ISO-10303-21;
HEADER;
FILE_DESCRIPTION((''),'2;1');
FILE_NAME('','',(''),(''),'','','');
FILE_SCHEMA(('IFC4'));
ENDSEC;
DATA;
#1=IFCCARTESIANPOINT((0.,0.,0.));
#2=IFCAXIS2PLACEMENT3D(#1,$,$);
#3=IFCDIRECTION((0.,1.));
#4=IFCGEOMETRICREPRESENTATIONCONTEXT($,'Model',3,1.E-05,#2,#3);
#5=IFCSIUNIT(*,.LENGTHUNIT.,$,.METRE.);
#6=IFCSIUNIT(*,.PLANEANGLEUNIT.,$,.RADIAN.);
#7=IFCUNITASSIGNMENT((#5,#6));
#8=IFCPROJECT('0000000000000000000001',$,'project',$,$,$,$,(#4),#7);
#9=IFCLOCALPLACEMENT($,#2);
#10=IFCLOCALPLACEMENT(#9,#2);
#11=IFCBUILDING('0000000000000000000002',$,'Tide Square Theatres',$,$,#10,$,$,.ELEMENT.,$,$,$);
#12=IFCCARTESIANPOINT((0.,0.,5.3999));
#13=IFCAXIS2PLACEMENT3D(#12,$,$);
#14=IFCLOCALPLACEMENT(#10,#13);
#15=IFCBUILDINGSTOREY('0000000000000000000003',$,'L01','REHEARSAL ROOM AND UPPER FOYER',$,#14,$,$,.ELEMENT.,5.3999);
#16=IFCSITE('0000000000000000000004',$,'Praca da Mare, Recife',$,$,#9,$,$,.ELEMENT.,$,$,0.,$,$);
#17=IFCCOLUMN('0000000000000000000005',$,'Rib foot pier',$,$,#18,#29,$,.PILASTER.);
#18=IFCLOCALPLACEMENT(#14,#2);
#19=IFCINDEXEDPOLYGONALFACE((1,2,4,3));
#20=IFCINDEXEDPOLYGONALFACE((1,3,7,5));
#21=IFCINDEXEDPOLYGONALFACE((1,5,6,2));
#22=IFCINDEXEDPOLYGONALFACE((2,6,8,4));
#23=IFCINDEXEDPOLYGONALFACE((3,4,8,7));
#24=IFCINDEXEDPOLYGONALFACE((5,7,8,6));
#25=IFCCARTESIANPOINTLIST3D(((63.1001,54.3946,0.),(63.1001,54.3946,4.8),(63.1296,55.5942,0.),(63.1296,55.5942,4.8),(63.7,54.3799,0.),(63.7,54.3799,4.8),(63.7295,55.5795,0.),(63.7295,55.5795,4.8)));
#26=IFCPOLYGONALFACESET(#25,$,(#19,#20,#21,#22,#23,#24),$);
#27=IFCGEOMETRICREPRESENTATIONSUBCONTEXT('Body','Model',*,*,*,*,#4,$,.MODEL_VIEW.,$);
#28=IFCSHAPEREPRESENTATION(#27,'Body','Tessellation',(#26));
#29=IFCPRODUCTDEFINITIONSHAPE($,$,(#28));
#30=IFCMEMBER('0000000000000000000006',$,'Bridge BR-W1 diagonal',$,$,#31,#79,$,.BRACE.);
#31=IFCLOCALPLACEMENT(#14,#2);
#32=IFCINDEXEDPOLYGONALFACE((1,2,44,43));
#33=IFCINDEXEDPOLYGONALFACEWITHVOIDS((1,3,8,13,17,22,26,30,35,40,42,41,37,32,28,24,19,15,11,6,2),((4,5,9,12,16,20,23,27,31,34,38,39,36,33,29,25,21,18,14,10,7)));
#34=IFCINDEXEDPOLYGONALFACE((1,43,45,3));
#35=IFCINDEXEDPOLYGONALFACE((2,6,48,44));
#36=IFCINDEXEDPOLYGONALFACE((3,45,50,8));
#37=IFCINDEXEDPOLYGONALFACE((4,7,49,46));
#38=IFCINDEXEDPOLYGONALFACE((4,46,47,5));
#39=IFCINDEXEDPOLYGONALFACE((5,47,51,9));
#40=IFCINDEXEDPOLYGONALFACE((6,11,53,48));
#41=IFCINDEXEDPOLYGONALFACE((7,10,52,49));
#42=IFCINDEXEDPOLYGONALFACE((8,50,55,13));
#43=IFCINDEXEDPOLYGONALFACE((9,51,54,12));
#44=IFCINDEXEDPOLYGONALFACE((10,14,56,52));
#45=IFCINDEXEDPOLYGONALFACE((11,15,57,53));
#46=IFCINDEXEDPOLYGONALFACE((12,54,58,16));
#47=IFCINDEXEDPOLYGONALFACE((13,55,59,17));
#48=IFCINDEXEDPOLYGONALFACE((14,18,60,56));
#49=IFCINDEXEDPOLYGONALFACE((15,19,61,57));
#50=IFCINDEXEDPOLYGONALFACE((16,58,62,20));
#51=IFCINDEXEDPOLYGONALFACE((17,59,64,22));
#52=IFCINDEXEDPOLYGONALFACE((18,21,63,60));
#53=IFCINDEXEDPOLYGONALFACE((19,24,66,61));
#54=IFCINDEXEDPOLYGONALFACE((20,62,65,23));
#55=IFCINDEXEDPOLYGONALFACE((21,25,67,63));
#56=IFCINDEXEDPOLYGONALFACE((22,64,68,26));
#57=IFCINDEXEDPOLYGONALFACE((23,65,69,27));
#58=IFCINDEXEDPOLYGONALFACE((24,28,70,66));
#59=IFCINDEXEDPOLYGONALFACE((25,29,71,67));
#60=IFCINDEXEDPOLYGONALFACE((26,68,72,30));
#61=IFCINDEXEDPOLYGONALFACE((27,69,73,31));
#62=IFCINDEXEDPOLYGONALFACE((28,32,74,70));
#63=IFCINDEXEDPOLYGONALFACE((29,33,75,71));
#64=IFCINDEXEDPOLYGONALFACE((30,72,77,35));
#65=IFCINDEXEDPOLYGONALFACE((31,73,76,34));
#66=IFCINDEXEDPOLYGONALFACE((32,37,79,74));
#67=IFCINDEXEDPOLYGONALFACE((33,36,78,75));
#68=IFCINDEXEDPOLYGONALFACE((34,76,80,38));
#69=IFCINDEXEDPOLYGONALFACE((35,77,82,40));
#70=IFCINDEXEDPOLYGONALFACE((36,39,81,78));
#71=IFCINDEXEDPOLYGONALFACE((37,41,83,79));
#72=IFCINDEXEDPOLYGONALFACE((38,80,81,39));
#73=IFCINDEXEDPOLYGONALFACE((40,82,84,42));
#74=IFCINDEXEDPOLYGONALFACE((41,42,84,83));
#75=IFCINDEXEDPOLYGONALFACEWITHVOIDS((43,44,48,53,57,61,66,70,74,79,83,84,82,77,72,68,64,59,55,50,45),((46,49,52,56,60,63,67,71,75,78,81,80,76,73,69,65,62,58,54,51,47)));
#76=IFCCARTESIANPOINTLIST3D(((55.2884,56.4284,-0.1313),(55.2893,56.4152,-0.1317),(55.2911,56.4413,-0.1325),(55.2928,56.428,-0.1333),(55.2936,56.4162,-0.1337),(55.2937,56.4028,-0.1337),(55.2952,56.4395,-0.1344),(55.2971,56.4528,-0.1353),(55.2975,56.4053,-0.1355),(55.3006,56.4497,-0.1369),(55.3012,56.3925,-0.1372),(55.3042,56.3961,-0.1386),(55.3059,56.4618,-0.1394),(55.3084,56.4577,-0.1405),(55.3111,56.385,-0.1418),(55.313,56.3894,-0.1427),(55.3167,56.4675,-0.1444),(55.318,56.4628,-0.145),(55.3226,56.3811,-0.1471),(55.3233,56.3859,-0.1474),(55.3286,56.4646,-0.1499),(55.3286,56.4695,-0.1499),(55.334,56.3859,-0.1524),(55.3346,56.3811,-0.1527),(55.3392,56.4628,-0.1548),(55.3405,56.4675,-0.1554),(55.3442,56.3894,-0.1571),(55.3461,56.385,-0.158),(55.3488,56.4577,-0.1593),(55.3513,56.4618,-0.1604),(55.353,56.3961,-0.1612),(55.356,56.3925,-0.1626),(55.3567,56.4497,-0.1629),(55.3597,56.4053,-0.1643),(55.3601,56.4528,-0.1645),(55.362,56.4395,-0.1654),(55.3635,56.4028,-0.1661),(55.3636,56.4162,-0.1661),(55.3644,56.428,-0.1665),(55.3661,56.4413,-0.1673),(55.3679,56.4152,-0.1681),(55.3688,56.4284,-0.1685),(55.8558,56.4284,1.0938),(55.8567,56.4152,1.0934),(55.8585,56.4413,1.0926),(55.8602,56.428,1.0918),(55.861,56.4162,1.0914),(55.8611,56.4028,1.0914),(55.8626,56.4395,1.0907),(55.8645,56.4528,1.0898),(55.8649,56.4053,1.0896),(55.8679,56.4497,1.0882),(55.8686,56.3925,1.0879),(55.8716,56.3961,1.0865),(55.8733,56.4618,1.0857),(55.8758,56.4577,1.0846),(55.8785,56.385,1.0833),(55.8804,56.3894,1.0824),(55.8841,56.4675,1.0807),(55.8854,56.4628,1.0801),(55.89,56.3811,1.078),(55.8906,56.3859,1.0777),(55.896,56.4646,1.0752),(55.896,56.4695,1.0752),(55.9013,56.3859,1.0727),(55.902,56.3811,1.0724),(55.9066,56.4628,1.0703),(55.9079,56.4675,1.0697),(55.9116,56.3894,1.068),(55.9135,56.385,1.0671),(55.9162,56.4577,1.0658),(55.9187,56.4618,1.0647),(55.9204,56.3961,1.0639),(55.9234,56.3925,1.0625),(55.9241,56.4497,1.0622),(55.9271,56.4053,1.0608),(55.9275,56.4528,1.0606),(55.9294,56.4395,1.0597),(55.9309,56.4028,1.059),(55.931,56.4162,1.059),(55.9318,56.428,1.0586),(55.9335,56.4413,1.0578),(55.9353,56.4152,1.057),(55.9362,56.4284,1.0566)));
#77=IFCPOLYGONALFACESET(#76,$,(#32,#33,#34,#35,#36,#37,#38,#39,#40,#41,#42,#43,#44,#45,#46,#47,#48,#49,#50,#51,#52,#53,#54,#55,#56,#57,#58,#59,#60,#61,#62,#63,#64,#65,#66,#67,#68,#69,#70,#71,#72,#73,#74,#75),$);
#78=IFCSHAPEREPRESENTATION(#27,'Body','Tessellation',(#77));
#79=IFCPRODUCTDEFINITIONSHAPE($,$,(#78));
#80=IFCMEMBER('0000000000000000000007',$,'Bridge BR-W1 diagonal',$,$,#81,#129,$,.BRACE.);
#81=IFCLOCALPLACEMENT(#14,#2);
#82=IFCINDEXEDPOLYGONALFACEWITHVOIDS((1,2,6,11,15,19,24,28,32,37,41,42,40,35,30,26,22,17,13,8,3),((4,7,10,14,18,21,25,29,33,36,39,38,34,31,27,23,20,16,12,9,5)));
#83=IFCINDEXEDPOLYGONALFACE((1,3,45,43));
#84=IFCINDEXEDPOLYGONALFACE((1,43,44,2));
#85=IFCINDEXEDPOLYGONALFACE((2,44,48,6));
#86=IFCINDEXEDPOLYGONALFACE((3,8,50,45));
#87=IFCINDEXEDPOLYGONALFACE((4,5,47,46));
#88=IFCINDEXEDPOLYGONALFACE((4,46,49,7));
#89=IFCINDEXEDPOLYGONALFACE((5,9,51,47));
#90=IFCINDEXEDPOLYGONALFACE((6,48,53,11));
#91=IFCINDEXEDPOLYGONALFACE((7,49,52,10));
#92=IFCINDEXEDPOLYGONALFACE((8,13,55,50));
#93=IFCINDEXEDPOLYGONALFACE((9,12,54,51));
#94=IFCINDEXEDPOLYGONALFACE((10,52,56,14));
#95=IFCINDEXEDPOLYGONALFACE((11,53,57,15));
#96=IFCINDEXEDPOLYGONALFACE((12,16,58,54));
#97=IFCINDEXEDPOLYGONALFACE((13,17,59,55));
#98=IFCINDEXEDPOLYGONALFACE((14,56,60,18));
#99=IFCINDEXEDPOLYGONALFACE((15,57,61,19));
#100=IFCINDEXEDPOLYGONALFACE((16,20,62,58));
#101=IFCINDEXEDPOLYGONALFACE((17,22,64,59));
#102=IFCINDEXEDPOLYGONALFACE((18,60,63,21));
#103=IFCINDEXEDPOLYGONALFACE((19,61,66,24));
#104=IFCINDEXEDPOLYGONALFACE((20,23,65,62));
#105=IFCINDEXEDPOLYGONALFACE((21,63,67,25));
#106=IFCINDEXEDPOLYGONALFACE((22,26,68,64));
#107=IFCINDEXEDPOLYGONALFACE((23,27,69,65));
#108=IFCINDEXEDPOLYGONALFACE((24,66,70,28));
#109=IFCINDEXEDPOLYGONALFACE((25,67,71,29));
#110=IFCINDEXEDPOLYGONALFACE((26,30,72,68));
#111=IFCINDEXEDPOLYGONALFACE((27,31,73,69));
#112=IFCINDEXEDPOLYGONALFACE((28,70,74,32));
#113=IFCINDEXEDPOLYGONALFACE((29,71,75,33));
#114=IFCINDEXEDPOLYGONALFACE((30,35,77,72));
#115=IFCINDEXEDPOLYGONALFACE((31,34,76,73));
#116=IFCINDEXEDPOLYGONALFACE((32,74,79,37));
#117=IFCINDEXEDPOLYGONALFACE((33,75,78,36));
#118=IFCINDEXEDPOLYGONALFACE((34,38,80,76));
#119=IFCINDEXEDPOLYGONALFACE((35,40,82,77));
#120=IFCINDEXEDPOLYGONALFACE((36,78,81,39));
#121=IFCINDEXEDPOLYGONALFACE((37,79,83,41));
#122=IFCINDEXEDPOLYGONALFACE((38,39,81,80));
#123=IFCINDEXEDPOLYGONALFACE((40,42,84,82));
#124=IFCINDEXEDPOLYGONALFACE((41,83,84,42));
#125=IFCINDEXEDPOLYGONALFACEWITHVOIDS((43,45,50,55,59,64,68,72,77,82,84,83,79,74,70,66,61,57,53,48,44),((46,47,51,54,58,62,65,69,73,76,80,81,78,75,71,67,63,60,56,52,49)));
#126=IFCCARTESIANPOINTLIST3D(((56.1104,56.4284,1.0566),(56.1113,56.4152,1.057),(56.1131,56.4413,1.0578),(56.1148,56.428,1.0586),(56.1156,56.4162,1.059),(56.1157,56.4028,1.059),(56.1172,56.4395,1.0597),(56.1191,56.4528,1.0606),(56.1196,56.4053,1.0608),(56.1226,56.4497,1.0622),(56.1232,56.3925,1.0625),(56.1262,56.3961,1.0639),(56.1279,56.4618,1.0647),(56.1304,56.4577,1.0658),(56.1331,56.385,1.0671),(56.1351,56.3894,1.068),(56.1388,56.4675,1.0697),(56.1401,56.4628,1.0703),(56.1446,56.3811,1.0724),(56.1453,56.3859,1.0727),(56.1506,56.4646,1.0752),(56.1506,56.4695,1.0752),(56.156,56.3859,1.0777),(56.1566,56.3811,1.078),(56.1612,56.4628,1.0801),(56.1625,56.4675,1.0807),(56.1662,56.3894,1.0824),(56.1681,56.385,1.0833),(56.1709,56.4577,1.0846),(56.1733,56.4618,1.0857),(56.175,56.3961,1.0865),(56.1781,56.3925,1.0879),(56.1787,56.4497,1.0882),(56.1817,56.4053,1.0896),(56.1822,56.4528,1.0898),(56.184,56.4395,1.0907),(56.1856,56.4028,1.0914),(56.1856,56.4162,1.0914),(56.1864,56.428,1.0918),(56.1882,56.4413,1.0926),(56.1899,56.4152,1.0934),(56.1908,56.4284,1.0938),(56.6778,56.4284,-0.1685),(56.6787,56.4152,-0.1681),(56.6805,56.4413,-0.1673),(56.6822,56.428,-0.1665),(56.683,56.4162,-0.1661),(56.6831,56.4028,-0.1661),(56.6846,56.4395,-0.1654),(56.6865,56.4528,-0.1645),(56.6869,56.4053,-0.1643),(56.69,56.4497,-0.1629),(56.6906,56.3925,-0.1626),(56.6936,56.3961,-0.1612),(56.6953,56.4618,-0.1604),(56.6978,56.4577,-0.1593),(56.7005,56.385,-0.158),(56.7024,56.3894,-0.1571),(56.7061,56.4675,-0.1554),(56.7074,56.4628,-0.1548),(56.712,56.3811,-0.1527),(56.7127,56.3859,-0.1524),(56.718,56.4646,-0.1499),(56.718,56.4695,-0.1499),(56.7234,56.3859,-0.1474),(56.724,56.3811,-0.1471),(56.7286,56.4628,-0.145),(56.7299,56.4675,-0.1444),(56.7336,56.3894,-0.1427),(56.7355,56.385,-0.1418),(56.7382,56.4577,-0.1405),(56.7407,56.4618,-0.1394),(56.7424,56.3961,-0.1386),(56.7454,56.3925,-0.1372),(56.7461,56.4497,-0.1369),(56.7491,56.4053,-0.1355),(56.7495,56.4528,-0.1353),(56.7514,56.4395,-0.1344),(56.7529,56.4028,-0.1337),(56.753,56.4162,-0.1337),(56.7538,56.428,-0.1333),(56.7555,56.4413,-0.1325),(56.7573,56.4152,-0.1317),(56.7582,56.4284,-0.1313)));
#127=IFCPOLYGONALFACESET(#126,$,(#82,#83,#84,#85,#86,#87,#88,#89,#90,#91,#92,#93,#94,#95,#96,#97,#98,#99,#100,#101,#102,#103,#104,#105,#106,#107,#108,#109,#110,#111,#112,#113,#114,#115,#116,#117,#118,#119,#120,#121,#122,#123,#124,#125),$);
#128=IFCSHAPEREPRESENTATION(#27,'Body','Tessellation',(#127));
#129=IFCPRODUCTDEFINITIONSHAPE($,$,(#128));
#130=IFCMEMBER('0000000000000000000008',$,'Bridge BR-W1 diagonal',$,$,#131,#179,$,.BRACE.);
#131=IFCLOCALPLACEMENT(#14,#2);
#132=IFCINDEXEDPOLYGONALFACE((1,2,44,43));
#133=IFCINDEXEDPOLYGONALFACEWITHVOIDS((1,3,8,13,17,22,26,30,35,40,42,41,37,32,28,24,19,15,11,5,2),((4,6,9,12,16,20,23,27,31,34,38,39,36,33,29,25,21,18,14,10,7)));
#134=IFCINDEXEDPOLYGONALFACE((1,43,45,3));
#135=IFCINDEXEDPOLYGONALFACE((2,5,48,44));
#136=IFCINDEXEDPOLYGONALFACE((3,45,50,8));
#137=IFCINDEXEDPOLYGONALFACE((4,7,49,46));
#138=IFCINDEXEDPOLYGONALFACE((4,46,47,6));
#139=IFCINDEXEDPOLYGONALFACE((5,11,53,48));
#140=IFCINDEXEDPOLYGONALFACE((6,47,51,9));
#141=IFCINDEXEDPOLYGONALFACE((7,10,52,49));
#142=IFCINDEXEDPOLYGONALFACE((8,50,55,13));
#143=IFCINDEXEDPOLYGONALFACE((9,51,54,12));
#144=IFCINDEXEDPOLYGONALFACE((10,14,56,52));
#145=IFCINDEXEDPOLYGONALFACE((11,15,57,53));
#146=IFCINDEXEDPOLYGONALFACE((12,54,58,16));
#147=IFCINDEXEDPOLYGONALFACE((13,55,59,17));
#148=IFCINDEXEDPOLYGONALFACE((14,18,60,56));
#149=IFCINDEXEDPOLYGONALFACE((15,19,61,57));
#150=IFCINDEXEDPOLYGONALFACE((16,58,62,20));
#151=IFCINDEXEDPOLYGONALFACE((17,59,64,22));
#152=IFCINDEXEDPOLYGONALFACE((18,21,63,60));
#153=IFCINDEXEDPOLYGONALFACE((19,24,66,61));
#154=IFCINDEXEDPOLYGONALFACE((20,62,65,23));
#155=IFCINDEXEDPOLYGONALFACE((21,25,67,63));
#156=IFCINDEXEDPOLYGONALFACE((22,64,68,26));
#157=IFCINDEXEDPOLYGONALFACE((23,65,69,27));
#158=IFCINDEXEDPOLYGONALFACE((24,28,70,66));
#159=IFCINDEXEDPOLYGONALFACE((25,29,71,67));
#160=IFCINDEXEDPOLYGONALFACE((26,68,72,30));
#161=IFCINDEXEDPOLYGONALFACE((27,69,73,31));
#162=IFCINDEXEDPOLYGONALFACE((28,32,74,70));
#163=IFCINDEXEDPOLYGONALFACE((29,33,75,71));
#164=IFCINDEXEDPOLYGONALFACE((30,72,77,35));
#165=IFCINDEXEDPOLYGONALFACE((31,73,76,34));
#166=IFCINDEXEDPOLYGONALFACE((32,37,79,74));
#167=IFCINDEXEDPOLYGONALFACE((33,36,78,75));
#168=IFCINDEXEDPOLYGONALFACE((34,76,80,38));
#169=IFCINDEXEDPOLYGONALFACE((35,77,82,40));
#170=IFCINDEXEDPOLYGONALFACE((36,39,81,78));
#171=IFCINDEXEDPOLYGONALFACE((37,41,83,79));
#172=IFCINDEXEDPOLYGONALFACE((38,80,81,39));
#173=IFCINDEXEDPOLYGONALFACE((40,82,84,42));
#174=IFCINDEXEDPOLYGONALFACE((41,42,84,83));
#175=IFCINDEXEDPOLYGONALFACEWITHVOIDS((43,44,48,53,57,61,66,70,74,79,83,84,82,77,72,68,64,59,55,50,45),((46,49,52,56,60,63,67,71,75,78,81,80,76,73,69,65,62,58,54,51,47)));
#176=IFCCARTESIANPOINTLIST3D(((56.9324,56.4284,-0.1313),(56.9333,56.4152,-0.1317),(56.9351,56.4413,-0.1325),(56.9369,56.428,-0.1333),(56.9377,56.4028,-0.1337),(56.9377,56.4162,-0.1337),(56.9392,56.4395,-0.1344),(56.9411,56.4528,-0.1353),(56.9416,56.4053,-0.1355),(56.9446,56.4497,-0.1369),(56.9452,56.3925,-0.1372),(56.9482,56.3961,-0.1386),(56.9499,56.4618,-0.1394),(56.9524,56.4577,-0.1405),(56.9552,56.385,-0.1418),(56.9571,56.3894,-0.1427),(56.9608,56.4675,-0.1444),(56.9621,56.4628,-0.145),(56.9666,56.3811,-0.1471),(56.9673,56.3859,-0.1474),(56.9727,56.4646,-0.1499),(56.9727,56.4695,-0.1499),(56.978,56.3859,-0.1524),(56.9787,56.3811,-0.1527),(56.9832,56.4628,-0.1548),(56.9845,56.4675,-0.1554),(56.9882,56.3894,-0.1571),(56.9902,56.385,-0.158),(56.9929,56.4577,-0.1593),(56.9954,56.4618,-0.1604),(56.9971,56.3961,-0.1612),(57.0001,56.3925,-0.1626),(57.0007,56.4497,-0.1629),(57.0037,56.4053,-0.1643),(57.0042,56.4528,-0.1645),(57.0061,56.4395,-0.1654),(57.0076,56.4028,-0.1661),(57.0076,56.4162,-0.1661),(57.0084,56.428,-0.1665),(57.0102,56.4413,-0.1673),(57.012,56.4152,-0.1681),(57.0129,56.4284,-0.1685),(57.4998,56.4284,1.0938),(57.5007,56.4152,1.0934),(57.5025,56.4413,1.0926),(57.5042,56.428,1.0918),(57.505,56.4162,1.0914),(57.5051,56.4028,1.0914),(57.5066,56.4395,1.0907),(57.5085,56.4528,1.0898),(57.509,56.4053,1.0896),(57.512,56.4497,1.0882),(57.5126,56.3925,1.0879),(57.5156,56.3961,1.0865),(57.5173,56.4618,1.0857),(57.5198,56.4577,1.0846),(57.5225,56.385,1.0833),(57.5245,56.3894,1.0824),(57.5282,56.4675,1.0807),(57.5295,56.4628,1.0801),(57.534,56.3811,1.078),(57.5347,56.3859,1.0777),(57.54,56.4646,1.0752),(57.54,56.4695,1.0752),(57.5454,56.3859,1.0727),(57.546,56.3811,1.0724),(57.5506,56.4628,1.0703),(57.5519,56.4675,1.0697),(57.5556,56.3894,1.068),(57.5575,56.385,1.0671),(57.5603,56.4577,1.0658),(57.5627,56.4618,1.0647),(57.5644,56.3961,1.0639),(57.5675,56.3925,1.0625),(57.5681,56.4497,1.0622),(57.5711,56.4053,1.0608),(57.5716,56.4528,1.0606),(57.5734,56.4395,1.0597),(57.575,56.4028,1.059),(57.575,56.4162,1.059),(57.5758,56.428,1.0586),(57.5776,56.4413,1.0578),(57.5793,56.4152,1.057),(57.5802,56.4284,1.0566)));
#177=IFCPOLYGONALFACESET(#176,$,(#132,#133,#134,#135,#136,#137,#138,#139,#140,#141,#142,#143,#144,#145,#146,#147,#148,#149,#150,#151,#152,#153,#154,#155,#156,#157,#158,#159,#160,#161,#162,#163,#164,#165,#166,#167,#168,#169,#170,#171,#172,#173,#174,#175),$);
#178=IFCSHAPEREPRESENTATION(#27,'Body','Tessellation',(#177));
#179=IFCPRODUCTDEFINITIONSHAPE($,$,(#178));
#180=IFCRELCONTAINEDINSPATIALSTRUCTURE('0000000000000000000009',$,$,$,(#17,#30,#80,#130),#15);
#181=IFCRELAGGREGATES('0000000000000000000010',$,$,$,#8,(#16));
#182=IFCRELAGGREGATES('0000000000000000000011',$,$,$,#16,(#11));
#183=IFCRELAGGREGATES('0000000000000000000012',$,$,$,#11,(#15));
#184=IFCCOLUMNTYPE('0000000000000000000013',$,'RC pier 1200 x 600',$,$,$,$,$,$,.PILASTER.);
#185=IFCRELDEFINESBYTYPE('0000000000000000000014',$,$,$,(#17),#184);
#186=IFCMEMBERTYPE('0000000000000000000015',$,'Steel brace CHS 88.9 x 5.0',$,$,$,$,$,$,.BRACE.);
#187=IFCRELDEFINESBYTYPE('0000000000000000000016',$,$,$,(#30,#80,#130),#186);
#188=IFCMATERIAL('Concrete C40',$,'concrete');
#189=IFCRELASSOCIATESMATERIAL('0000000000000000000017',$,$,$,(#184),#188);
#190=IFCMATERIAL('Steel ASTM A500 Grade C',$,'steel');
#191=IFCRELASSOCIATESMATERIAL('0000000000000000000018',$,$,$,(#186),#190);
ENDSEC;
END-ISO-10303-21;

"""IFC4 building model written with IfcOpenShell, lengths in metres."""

from ifc_helpers import new_model, si_unit, direction, frame, origin, origin_2d, place, context, subcontext, project, spatial, rectangle, hollow_circle, extrude, material, material_profile, profile_set, type_object, element, save


model = new_model("IFC4")

# Units and contexts
model_context = context("Model", 3, precision=1e-05, world=origin(), true_north=direction((0.0, 1.0)))
body_context = subcontext(model_context, "Body", "Model", "MODEL_VIEW")
ifc_project = project(units=[si_unit("LENGTHUNIT", "METRE"), si_unit("PLANEANGLEUNIT", "RADIAN")], contexts=[model_context])

# Site, building, storey
site_placement = place(None, origin())
site = spatial("IfcSite", under=ifc_project, at=site_placement, Name="Praca da Mare, Recife", CompositionType="ELEMENT", RefElevation=0.0)
building_placement = place(site_placement, origin())
building = spatial("IfcBuilding", under=site, at=building_placement, Name="Tide Square Theatres", CompositionType="ELEMENT")
storey_placement = place(building_placement, frame((0.0, 0.0, 5.3999)))
storey = spatial("IfcBuildingStorey", under=building, at=storey_placement, Name="L01", Description="REHEARSAL ROOM AND UPPER FOYER", CompositionType="ELEMENT", Elevation=5.3999)

# Column
ifc_material_1 = material(Name="Concrete C40", Category="concrete")
ifc_material_profile_1 = material_profile(ifc_material_1, rectangle(XDim=1.2, YDim=0.6001, at=origin_2d()))
ifc_profile_set_1 = profile_set([ifc_material_profile_1], Name="Concrete C40")
column_type = type_object("IfcColumnType", Name="RC pier 1200 x 600", PredefinedType="PILASTER", material=ifc_profile_set_1)
column_placement = place(storey_placement, frame((63.4148, 54.9871, 0.0), z_axis=(0.0, 0.0, 1.0), x_axis=(-0.024572, -0.999698, 0.0)))
element("IfcColumn", 1, at=column_placement, inside=storey, type_object=column_type, Name="Rib foot pier", PredefinedType="PILASTER", context=body_context, shape_type="SweptSolid", body=[
    extrude(rectangle(XDim=1.2, YDim=0.6001, at=origin_2d()), origin(), (0.0, 0.0, 1.0), 4.8),
])

# Members
ifc_material_2 = material(Name="Steel ASTM A500 Grade C", Category="steel")
ifc_material_profile_2 = material_profile(ifc_material_2, hollow_circle(Radius=0.0444, WallThickness=0.0049, at=origin_2d()))
ifc_profile_set_2 = profile_set([ifc_material_profile_2], Name="Steel ASTM A500 Grade C")
member_type_1 = type_object("IfcMemberType", Name="Steel brace CHS 88.9 x 5.0", PredefinedType="BRACE", material=ifc_profile_set_2)
for number, where, z_axis, x_axis, name in (
    (2, (55.3286, 56.425, -0.1499), (0.42025, 0.0, 0.907408), (0.0, 1.0, 0.0), "Bridge BR-W1 diagonal"),
    (3, (56.1506, 56.425, 1.0752), (0.42025, 0.0, -0.907408), (0.0, 1.0, 0.0), "Bridge BR-W1 diagonal"),
    (4, (56.9727, 56.425, -0.1499), (0.42025, 0.0, 0.907408), (0.0, 1.0, 0.0), "Bridge BR-W1 diagonal"),
):
    element("IfcMember", number, at=place(storey_placement, frame(where, z_axis=z_axis, x_axis=x_axis)), inside=storey, type_object=member_type_1, Name=name, PredefinedType="BRACE", context=body_context, shape_type="SweptSolid", body=[
        extrude(hollow_circle(Radius=0.0444, WallThickness=0.0049, at=origin_2d()), origin(), (0.0, 0.0, 1.0), 1.3501),
    ])

save(model, "model.ifc")
